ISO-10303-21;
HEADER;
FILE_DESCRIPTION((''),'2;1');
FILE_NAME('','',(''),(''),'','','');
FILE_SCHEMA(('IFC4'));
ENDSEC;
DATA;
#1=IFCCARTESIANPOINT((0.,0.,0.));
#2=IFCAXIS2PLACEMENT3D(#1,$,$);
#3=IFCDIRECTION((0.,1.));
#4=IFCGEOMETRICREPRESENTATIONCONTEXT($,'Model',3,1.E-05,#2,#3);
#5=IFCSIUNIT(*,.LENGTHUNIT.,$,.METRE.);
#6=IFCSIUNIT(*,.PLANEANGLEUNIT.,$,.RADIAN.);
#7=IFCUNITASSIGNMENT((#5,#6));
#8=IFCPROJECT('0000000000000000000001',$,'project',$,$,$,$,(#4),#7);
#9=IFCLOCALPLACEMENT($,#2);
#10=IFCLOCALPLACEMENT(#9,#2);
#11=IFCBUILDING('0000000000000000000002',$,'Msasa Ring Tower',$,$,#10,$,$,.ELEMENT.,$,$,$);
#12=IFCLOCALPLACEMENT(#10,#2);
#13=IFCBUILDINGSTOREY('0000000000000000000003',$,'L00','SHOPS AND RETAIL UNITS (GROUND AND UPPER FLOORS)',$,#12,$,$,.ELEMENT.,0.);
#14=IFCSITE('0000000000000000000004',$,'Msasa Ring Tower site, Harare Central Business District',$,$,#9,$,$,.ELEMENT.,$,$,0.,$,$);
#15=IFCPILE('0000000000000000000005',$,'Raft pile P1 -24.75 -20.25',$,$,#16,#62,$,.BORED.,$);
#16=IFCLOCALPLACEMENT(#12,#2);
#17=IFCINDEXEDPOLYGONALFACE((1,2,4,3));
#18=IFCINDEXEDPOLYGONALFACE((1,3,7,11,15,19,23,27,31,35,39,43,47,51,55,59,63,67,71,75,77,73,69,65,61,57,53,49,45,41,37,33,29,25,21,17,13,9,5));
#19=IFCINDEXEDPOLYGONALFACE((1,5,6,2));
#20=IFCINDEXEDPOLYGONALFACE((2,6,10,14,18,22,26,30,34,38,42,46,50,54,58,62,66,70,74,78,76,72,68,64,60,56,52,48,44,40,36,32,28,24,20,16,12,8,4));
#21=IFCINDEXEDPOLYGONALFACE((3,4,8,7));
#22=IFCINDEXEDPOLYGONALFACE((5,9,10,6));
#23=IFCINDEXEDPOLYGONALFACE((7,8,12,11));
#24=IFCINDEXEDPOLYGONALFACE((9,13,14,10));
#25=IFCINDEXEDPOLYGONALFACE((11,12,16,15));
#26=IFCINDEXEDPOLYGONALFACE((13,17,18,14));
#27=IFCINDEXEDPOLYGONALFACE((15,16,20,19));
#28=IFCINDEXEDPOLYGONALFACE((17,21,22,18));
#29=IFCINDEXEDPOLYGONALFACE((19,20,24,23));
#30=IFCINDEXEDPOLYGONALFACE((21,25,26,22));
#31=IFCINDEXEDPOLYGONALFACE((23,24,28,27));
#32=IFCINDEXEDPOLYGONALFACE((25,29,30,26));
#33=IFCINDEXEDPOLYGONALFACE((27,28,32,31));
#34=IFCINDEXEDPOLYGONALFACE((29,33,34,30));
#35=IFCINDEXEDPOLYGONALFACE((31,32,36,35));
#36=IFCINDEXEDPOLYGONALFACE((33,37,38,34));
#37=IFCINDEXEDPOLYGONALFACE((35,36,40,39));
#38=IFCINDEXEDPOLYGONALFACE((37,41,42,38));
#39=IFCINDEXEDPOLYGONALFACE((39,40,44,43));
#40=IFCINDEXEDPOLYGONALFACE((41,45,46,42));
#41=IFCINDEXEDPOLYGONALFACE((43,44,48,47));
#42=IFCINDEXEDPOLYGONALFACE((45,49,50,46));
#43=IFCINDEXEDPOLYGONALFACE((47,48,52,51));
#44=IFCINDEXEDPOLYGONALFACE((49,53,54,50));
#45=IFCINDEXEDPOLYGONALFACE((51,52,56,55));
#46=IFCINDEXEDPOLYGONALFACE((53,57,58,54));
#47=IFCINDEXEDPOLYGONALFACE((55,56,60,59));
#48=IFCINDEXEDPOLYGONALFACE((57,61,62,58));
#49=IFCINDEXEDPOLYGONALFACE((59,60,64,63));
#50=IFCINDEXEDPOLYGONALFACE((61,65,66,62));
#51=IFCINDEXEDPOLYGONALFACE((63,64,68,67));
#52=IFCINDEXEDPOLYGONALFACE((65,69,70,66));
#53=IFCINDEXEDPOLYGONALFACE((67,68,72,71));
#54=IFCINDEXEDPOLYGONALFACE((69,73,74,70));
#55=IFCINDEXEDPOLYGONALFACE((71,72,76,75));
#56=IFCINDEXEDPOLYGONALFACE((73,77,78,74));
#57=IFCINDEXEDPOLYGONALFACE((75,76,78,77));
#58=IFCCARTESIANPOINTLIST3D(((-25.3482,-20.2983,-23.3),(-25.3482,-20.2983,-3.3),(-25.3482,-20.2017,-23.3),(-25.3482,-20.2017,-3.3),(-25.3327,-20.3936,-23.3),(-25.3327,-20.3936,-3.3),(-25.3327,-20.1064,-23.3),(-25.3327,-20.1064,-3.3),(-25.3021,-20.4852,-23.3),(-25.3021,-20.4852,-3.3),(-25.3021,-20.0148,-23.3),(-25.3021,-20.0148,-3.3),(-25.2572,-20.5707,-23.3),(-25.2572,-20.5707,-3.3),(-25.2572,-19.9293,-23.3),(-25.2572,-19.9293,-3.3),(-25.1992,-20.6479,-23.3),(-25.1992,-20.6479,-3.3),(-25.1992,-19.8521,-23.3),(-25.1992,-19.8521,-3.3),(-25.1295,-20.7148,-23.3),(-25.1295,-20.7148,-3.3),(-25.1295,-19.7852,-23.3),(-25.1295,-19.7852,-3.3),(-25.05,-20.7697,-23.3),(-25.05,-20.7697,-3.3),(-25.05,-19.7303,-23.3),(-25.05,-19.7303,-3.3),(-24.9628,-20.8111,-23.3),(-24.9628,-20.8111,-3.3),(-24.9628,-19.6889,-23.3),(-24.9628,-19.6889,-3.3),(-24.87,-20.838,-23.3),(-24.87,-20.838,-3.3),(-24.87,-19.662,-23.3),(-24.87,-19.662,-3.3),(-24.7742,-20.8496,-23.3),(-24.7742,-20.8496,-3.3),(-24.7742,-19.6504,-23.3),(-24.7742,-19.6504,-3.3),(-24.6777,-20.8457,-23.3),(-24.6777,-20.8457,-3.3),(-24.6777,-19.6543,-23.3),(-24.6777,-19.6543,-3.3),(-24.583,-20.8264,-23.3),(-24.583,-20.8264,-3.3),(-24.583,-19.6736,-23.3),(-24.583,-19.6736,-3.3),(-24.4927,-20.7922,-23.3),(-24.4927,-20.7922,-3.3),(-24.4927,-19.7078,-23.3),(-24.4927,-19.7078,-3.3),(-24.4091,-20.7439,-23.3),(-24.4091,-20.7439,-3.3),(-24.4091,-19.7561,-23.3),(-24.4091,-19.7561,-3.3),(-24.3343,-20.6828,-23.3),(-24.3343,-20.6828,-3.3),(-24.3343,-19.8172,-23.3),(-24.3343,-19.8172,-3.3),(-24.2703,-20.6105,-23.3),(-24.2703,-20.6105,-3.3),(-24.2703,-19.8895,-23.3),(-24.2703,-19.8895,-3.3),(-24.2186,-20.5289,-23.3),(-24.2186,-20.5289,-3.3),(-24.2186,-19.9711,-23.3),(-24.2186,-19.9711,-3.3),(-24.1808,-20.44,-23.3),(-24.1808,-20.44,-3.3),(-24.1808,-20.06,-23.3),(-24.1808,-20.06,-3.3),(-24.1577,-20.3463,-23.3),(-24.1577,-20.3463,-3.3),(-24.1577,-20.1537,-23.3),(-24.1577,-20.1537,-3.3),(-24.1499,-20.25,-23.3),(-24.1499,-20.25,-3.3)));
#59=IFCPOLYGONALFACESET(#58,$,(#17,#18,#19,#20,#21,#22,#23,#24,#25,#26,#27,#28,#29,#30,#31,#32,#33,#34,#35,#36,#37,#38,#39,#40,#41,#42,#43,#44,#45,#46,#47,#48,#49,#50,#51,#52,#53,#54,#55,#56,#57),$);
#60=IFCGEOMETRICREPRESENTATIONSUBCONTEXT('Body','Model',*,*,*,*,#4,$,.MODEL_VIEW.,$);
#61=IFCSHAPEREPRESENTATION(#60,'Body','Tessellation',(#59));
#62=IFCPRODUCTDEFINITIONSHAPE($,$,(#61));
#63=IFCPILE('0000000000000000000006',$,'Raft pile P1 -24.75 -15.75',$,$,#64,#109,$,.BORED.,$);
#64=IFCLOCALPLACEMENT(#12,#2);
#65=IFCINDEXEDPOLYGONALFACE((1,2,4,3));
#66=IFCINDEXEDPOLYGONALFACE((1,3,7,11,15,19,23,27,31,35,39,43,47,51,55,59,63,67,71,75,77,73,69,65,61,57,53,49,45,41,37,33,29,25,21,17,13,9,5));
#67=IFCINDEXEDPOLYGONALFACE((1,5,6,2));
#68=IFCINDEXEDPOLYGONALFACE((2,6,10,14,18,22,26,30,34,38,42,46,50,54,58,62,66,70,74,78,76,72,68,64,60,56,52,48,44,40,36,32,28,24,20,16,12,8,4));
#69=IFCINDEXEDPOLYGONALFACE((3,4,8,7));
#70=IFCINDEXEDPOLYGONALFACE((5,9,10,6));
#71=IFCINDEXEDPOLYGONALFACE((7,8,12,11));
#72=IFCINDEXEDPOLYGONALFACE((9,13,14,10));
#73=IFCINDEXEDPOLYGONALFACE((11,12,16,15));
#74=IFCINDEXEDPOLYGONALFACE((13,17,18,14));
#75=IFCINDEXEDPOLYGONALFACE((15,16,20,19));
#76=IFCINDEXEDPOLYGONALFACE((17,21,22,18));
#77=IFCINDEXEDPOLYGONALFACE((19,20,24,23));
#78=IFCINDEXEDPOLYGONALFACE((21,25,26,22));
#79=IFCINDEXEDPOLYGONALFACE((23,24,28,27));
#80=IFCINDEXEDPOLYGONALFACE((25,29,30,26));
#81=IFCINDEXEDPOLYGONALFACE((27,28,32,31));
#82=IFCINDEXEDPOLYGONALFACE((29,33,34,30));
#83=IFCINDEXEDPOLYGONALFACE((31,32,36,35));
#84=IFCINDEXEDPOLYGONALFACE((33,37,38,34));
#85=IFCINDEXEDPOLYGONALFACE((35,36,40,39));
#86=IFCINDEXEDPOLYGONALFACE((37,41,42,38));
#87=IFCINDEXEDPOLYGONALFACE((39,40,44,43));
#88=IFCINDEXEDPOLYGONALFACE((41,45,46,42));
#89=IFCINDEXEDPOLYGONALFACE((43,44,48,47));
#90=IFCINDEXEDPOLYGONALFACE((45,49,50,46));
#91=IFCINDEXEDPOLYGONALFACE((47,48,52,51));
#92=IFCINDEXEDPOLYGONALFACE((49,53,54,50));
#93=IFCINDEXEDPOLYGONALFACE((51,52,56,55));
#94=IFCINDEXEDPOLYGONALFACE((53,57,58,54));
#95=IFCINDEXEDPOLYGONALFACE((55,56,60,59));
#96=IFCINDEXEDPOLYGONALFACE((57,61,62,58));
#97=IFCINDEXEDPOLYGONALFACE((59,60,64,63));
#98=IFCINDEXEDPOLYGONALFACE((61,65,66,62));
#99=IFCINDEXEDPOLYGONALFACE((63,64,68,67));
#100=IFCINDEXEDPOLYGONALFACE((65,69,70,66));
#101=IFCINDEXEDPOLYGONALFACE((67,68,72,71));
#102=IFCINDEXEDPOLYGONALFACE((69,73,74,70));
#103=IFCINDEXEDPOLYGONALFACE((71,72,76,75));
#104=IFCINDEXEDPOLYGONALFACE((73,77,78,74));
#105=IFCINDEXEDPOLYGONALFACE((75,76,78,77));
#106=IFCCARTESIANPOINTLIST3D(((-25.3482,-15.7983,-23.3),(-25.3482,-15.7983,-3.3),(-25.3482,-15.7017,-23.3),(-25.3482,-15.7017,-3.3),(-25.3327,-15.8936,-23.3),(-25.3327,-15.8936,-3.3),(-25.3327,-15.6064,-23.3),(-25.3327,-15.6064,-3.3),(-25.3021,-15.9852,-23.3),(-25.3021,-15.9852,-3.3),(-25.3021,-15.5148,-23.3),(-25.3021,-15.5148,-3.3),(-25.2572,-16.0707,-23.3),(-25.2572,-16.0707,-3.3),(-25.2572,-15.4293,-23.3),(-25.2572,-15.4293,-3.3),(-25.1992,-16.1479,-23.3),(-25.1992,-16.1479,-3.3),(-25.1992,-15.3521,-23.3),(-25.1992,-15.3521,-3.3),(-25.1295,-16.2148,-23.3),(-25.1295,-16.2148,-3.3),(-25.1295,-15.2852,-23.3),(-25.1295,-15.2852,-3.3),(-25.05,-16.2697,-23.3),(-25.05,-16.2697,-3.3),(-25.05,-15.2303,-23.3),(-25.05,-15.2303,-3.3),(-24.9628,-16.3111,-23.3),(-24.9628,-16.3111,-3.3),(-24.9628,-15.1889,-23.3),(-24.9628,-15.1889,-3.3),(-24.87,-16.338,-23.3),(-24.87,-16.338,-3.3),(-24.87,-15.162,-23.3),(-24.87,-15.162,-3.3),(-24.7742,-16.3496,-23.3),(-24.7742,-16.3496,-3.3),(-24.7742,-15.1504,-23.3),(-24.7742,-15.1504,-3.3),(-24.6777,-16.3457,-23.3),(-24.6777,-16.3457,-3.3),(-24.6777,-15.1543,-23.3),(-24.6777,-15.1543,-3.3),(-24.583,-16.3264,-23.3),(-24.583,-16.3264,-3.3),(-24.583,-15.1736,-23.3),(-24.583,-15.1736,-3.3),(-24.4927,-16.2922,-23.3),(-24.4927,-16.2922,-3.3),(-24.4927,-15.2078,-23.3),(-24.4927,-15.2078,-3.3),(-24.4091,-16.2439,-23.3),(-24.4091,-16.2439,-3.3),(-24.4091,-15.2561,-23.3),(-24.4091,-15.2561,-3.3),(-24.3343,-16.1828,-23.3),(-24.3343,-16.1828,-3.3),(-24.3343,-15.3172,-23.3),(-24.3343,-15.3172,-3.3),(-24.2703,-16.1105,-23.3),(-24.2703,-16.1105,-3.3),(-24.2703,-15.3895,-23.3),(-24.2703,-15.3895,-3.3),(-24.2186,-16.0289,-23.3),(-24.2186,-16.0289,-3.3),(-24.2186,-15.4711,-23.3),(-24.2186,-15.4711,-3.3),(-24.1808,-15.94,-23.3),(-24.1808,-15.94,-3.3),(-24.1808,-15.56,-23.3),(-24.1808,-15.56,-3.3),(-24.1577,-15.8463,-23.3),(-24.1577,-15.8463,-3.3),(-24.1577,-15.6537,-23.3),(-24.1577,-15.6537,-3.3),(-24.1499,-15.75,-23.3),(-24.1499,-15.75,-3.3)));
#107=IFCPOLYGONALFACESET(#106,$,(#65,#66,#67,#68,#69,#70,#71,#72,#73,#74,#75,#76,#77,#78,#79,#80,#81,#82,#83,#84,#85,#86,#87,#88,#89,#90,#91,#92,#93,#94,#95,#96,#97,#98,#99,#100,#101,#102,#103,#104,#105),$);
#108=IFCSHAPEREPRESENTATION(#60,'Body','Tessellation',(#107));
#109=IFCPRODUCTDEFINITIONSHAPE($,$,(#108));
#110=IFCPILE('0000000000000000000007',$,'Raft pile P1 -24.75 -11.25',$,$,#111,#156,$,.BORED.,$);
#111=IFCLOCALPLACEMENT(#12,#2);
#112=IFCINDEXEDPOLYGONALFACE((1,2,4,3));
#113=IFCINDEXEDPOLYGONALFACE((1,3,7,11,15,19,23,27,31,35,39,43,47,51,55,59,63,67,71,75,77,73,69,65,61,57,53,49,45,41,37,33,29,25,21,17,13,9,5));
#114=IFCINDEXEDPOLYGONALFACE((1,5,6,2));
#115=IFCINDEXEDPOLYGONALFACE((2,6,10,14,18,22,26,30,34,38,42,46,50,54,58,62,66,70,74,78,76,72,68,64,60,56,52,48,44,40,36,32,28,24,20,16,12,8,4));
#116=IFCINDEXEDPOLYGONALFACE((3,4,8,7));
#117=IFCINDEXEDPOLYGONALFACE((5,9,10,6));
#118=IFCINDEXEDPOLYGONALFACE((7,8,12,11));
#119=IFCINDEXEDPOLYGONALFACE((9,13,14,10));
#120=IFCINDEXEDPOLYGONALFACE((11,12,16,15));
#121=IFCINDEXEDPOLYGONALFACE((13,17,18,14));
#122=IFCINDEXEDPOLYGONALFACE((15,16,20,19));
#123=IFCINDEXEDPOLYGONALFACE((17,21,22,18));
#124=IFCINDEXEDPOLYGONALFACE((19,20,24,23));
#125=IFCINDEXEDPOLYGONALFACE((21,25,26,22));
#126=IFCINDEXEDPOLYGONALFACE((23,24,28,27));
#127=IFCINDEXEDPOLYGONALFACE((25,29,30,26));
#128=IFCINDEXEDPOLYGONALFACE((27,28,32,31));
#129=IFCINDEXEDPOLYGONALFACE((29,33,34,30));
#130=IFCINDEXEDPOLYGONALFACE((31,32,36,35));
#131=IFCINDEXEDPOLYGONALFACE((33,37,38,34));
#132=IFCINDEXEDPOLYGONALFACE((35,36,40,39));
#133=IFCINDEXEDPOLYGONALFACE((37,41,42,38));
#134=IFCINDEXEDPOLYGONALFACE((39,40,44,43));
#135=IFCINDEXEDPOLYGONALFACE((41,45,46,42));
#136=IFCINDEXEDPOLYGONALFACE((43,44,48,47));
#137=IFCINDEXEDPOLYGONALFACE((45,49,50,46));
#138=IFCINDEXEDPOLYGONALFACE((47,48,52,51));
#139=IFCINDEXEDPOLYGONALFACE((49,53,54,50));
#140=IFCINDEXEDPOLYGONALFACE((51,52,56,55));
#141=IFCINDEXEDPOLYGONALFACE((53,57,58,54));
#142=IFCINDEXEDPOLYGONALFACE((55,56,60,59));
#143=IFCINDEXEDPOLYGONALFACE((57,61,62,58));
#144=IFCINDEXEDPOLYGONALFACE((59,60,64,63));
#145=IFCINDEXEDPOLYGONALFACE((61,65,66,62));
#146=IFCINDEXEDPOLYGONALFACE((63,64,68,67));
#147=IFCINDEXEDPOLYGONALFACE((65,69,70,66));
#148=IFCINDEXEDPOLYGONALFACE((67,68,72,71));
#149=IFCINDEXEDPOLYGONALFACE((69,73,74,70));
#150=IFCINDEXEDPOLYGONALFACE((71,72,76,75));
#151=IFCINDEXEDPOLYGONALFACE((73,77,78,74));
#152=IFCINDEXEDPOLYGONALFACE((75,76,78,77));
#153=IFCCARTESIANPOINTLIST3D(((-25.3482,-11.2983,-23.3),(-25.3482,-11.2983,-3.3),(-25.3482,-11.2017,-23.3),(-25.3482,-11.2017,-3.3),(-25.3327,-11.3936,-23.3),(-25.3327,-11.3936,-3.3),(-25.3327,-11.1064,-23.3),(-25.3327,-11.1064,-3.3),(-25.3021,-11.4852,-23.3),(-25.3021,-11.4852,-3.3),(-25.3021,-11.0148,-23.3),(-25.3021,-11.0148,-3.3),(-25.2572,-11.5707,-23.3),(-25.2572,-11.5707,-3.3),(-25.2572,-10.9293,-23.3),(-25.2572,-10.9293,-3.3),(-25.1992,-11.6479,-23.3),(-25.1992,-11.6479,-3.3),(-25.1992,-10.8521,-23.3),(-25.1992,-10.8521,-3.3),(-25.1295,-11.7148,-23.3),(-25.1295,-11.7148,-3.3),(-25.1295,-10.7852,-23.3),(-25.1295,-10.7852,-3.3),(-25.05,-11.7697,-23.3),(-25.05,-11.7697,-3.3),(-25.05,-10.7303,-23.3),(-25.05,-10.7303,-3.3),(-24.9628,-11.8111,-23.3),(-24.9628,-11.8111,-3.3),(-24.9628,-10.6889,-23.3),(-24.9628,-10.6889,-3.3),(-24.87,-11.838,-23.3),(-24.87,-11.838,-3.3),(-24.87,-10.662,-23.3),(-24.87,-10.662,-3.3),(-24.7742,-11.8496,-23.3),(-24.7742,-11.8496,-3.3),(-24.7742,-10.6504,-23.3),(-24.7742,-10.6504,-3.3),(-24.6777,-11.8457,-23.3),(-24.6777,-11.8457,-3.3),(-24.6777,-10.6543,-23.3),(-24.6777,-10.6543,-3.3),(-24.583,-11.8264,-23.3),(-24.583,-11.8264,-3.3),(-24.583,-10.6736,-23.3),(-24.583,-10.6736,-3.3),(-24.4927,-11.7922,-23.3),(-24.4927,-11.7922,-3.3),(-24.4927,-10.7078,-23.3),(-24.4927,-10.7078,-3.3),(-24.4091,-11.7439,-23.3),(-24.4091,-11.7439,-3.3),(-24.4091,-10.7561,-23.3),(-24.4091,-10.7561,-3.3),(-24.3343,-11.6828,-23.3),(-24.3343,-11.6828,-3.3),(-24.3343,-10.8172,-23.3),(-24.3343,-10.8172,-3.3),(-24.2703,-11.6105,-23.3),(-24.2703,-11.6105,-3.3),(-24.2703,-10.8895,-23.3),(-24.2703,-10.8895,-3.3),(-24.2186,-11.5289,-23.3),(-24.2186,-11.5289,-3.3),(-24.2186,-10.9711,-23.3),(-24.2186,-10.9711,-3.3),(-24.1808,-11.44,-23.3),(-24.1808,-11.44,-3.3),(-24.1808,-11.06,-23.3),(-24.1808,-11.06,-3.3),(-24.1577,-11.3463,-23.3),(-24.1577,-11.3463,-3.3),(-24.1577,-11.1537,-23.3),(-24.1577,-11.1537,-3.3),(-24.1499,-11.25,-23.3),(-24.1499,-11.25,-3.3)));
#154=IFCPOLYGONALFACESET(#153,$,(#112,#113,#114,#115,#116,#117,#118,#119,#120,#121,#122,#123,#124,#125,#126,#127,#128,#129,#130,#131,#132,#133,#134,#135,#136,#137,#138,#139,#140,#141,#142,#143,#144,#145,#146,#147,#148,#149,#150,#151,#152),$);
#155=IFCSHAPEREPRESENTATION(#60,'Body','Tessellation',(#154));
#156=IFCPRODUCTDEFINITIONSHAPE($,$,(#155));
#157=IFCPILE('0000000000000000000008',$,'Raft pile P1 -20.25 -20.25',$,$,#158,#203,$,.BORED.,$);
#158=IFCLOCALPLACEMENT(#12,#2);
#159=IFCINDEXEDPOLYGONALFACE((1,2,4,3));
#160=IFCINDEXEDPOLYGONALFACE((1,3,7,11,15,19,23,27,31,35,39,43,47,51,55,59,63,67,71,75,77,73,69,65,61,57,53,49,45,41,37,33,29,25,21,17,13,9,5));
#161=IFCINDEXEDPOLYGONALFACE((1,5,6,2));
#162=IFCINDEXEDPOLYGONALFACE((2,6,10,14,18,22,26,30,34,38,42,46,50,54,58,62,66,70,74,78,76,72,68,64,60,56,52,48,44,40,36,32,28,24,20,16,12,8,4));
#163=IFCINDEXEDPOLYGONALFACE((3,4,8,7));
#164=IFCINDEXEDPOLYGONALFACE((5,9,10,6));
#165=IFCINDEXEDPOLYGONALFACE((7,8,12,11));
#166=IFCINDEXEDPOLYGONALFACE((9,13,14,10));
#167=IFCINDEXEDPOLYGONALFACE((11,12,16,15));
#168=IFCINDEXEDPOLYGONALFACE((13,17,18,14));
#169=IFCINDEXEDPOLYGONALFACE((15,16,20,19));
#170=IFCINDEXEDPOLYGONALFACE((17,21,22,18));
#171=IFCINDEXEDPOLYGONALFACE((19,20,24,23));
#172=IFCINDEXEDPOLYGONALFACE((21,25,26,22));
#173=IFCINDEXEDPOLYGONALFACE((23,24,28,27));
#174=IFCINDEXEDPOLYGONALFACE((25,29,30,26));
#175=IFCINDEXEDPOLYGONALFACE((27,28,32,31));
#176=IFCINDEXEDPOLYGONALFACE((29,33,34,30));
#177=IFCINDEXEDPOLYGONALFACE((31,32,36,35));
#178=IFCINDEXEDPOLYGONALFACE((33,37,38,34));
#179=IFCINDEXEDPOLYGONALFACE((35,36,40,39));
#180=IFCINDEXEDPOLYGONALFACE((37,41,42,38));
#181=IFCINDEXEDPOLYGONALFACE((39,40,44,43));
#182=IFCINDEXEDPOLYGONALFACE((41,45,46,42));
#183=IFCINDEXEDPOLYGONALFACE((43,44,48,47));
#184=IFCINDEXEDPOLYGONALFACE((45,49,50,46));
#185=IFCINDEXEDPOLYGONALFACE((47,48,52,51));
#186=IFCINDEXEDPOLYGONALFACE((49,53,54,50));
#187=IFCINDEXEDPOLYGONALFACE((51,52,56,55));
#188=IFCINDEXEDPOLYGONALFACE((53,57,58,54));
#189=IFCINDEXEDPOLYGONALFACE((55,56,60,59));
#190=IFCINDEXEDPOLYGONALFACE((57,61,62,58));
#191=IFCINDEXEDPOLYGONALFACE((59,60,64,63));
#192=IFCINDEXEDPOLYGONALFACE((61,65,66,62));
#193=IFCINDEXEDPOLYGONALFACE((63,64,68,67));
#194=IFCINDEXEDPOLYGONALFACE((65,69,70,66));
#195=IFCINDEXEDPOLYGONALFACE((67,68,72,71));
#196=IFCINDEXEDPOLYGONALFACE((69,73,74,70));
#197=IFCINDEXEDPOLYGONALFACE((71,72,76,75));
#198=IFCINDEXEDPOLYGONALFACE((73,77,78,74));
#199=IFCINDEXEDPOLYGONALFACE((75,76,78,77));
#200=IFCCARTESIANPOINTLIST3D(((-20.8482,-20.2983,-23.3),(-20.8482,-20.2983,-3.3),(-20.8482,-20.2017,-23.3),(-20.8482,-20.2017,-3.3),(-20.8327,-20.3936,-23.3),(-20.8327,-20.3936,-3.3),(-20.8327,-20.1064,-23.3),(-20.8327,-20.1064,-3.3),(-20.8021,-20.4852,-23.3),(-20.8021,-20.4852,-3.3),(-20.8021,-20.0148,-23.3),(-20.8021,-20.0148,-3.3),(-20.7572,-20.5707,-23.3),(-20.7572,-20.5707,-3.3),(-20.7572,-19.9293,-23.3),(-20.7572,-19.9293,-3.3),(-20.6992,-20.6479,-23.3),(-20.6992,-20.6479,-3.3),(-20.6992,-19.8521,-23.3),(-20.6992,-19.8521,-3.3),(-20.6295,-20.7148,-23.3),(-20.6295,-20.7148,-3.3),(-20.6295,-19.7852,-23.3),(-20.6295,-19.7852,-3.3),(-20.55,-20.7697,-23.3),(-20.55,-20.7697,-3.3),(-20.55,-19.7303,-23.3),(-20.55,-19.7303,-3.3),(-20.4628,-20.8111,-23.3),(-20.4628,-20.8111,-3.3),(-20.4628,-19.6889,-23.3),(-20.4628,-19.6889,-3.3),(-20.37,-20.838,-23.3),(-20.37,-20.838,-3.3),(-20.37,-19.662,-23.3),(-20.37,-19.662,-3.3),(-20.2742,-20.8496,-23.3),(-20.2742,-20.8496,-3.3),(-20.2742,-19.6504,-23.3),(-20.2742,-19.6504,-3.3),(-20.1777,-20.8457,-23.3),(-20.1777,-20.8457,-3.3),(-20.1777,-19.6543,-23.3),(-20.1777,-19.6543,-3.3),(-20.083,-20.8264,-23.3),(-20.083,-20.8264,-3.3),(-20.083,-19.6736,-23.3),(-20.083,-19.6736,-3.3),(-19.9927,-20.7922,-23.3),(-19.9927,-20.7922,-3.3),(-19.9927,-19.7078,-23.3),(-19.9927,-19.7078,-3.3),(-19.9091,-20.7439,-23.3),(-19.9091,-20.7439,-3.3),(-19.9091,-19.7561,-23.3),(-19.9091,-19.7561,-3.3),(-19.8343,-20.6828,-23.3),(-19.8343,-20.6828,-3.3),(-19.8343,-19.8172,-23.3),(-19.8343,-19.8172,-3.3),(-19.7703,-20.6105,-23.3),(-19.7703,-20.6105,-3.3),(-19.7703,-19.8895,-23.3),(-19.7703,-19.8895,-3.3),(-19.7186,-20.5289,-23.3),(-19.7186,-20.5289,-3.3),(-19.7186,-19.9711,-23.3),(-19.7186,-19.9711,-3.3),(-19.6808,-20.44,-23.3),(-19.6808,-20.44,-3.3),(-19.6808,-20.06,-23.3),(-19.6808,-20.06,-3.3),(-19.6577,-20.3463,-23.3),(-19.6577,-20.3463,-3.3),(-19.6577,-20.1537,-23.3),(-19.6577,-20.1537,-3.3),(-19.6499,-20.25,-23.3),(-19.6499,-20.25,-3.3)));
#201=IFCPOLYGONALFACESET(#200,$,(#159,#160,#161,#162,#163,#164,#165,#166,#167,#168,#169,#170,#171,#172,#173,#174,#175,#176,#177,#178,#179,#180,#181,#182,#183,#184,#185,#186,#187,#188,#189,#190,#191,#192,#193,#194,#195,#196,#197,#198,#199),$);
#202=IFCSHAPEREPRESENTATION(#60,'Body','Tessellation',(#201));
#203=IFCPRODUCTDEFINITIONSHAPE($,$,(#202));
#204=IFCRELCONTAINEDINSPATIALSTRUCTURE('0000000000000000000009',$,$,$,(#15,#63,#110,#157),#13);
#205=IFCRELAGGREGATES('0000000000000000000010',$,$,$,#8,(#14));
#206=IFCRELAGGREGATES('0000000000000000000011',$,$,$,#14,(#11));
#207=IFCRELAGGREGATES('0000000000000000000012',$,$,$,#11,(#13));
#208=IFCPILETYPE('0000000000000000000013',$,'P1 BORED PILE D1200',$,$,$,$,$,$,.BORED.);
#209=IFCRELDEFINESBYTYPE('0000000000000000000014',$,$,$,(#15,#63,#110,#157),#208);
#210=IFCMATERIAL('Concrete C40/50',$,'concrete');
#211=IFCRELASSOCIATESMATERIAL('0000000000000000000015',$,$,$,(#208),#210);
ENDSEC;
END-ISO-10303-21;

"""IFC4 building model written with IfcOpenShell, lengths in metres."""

from ifc_helpers import new_model, si_unit, direction, frame, origin, origin_2d, place, context, subcontext, project, spatial, circle, extrude, material, material_profile, profile_set, type_object, element, save


model = new_model("IFC4")

# Units and contexts
model_context = context("Model", 3, precision=1e-05, world=origin(), true_north=direction((0.0, 1.0)))
body_context = subcontext(model_context, "Body", "Model", "MODEL_VIEW")
ifc_project = project(units=[si_unit("LENGTHUNIT", "METRE"), si_unit("PLANEANGLEUNIT", "RADIAN")], contexts=[model_context])

# Site, building, storey
site_placement = place(None, origin())
site = spatial("IfcSite", under=ifc_project, at=site_placement, Name="Msasa Ring Tower site, Harare Central Business District", CompositionType="ELEMENT", RefElevation=0.0)
building_placement = place(site_placement, origin())
building = spatial("IfcBuilding", under=site, at=building_placement, Name="Msasa Ring Tower", CompositionType="ELEMENT")
storey_placement = place(building_placement, origin())
storey = spatial("IfcBuildingStorey", under=building, at=storey_placement, Name="L00", Description="SHOPS AND RETAIL UNITS (GROUND AND UPPER FLOORS)", CompositionType="ELEMENT", Elevation=0.0)

# Piles
ifc_material_1 = material(Name="Concrete C40/50", Category="concrete")
ifc_material_profile_1 = material_profile(ifc_material_1, circle(Radius=0.6001, at=origin_2d()), Name="D1200")
ifc_profile_set_1 = profile_set([ifc_material_profile_1], Name="Concrete C40/50")
pile_type_1 = type_object("IfcPileType", Name="P1 BORED PILE D1200", PredefinedType="BORED", material=ifc_profile_set_1)
for number, where, z_axis, x_axis, name in (
    (1, (-24.75, -20.25, -3.3), (0.0, 0.0, -1.0), (1.0, 0.0, 0.0), "Raft pile P1 -24.75 -20.25"),
    (2, (-24.75, -15.75, -3.3), (0.0, 0.0, -1.0), (1.0, 0.0, 0.0), "Raft pile P1 -24.75 -15.75"),
    (3, (-24.75, -11.25, -3.3), (0.0, 0.0, -1.0), (1.0, 0.0, 0.0), "Raft pile P1 -24.75 -11.25"),
    (4, (-20.25, -20.25, -3.3), (0.0, 0.0, -1.0), (1.0, 0.0, 0.0), "Raft pile P1 -20.25 -20.25"),
):
    element("IfcPile", number, at=place(storey_placement, frame(where, z_axis=z_axis, x_axis=x_axis)), inside=storey, type_object=pile_type_1, Name=name, PredefinedType="BORED", context=body_context, shape_type="SweptSolid", body=[
        extrude(circle(Radius=0.6001, at=origin_2d()), origin(), (0.0, 0.0, 1.0), 20.0),
    ])

save(model, "model.ifc")
